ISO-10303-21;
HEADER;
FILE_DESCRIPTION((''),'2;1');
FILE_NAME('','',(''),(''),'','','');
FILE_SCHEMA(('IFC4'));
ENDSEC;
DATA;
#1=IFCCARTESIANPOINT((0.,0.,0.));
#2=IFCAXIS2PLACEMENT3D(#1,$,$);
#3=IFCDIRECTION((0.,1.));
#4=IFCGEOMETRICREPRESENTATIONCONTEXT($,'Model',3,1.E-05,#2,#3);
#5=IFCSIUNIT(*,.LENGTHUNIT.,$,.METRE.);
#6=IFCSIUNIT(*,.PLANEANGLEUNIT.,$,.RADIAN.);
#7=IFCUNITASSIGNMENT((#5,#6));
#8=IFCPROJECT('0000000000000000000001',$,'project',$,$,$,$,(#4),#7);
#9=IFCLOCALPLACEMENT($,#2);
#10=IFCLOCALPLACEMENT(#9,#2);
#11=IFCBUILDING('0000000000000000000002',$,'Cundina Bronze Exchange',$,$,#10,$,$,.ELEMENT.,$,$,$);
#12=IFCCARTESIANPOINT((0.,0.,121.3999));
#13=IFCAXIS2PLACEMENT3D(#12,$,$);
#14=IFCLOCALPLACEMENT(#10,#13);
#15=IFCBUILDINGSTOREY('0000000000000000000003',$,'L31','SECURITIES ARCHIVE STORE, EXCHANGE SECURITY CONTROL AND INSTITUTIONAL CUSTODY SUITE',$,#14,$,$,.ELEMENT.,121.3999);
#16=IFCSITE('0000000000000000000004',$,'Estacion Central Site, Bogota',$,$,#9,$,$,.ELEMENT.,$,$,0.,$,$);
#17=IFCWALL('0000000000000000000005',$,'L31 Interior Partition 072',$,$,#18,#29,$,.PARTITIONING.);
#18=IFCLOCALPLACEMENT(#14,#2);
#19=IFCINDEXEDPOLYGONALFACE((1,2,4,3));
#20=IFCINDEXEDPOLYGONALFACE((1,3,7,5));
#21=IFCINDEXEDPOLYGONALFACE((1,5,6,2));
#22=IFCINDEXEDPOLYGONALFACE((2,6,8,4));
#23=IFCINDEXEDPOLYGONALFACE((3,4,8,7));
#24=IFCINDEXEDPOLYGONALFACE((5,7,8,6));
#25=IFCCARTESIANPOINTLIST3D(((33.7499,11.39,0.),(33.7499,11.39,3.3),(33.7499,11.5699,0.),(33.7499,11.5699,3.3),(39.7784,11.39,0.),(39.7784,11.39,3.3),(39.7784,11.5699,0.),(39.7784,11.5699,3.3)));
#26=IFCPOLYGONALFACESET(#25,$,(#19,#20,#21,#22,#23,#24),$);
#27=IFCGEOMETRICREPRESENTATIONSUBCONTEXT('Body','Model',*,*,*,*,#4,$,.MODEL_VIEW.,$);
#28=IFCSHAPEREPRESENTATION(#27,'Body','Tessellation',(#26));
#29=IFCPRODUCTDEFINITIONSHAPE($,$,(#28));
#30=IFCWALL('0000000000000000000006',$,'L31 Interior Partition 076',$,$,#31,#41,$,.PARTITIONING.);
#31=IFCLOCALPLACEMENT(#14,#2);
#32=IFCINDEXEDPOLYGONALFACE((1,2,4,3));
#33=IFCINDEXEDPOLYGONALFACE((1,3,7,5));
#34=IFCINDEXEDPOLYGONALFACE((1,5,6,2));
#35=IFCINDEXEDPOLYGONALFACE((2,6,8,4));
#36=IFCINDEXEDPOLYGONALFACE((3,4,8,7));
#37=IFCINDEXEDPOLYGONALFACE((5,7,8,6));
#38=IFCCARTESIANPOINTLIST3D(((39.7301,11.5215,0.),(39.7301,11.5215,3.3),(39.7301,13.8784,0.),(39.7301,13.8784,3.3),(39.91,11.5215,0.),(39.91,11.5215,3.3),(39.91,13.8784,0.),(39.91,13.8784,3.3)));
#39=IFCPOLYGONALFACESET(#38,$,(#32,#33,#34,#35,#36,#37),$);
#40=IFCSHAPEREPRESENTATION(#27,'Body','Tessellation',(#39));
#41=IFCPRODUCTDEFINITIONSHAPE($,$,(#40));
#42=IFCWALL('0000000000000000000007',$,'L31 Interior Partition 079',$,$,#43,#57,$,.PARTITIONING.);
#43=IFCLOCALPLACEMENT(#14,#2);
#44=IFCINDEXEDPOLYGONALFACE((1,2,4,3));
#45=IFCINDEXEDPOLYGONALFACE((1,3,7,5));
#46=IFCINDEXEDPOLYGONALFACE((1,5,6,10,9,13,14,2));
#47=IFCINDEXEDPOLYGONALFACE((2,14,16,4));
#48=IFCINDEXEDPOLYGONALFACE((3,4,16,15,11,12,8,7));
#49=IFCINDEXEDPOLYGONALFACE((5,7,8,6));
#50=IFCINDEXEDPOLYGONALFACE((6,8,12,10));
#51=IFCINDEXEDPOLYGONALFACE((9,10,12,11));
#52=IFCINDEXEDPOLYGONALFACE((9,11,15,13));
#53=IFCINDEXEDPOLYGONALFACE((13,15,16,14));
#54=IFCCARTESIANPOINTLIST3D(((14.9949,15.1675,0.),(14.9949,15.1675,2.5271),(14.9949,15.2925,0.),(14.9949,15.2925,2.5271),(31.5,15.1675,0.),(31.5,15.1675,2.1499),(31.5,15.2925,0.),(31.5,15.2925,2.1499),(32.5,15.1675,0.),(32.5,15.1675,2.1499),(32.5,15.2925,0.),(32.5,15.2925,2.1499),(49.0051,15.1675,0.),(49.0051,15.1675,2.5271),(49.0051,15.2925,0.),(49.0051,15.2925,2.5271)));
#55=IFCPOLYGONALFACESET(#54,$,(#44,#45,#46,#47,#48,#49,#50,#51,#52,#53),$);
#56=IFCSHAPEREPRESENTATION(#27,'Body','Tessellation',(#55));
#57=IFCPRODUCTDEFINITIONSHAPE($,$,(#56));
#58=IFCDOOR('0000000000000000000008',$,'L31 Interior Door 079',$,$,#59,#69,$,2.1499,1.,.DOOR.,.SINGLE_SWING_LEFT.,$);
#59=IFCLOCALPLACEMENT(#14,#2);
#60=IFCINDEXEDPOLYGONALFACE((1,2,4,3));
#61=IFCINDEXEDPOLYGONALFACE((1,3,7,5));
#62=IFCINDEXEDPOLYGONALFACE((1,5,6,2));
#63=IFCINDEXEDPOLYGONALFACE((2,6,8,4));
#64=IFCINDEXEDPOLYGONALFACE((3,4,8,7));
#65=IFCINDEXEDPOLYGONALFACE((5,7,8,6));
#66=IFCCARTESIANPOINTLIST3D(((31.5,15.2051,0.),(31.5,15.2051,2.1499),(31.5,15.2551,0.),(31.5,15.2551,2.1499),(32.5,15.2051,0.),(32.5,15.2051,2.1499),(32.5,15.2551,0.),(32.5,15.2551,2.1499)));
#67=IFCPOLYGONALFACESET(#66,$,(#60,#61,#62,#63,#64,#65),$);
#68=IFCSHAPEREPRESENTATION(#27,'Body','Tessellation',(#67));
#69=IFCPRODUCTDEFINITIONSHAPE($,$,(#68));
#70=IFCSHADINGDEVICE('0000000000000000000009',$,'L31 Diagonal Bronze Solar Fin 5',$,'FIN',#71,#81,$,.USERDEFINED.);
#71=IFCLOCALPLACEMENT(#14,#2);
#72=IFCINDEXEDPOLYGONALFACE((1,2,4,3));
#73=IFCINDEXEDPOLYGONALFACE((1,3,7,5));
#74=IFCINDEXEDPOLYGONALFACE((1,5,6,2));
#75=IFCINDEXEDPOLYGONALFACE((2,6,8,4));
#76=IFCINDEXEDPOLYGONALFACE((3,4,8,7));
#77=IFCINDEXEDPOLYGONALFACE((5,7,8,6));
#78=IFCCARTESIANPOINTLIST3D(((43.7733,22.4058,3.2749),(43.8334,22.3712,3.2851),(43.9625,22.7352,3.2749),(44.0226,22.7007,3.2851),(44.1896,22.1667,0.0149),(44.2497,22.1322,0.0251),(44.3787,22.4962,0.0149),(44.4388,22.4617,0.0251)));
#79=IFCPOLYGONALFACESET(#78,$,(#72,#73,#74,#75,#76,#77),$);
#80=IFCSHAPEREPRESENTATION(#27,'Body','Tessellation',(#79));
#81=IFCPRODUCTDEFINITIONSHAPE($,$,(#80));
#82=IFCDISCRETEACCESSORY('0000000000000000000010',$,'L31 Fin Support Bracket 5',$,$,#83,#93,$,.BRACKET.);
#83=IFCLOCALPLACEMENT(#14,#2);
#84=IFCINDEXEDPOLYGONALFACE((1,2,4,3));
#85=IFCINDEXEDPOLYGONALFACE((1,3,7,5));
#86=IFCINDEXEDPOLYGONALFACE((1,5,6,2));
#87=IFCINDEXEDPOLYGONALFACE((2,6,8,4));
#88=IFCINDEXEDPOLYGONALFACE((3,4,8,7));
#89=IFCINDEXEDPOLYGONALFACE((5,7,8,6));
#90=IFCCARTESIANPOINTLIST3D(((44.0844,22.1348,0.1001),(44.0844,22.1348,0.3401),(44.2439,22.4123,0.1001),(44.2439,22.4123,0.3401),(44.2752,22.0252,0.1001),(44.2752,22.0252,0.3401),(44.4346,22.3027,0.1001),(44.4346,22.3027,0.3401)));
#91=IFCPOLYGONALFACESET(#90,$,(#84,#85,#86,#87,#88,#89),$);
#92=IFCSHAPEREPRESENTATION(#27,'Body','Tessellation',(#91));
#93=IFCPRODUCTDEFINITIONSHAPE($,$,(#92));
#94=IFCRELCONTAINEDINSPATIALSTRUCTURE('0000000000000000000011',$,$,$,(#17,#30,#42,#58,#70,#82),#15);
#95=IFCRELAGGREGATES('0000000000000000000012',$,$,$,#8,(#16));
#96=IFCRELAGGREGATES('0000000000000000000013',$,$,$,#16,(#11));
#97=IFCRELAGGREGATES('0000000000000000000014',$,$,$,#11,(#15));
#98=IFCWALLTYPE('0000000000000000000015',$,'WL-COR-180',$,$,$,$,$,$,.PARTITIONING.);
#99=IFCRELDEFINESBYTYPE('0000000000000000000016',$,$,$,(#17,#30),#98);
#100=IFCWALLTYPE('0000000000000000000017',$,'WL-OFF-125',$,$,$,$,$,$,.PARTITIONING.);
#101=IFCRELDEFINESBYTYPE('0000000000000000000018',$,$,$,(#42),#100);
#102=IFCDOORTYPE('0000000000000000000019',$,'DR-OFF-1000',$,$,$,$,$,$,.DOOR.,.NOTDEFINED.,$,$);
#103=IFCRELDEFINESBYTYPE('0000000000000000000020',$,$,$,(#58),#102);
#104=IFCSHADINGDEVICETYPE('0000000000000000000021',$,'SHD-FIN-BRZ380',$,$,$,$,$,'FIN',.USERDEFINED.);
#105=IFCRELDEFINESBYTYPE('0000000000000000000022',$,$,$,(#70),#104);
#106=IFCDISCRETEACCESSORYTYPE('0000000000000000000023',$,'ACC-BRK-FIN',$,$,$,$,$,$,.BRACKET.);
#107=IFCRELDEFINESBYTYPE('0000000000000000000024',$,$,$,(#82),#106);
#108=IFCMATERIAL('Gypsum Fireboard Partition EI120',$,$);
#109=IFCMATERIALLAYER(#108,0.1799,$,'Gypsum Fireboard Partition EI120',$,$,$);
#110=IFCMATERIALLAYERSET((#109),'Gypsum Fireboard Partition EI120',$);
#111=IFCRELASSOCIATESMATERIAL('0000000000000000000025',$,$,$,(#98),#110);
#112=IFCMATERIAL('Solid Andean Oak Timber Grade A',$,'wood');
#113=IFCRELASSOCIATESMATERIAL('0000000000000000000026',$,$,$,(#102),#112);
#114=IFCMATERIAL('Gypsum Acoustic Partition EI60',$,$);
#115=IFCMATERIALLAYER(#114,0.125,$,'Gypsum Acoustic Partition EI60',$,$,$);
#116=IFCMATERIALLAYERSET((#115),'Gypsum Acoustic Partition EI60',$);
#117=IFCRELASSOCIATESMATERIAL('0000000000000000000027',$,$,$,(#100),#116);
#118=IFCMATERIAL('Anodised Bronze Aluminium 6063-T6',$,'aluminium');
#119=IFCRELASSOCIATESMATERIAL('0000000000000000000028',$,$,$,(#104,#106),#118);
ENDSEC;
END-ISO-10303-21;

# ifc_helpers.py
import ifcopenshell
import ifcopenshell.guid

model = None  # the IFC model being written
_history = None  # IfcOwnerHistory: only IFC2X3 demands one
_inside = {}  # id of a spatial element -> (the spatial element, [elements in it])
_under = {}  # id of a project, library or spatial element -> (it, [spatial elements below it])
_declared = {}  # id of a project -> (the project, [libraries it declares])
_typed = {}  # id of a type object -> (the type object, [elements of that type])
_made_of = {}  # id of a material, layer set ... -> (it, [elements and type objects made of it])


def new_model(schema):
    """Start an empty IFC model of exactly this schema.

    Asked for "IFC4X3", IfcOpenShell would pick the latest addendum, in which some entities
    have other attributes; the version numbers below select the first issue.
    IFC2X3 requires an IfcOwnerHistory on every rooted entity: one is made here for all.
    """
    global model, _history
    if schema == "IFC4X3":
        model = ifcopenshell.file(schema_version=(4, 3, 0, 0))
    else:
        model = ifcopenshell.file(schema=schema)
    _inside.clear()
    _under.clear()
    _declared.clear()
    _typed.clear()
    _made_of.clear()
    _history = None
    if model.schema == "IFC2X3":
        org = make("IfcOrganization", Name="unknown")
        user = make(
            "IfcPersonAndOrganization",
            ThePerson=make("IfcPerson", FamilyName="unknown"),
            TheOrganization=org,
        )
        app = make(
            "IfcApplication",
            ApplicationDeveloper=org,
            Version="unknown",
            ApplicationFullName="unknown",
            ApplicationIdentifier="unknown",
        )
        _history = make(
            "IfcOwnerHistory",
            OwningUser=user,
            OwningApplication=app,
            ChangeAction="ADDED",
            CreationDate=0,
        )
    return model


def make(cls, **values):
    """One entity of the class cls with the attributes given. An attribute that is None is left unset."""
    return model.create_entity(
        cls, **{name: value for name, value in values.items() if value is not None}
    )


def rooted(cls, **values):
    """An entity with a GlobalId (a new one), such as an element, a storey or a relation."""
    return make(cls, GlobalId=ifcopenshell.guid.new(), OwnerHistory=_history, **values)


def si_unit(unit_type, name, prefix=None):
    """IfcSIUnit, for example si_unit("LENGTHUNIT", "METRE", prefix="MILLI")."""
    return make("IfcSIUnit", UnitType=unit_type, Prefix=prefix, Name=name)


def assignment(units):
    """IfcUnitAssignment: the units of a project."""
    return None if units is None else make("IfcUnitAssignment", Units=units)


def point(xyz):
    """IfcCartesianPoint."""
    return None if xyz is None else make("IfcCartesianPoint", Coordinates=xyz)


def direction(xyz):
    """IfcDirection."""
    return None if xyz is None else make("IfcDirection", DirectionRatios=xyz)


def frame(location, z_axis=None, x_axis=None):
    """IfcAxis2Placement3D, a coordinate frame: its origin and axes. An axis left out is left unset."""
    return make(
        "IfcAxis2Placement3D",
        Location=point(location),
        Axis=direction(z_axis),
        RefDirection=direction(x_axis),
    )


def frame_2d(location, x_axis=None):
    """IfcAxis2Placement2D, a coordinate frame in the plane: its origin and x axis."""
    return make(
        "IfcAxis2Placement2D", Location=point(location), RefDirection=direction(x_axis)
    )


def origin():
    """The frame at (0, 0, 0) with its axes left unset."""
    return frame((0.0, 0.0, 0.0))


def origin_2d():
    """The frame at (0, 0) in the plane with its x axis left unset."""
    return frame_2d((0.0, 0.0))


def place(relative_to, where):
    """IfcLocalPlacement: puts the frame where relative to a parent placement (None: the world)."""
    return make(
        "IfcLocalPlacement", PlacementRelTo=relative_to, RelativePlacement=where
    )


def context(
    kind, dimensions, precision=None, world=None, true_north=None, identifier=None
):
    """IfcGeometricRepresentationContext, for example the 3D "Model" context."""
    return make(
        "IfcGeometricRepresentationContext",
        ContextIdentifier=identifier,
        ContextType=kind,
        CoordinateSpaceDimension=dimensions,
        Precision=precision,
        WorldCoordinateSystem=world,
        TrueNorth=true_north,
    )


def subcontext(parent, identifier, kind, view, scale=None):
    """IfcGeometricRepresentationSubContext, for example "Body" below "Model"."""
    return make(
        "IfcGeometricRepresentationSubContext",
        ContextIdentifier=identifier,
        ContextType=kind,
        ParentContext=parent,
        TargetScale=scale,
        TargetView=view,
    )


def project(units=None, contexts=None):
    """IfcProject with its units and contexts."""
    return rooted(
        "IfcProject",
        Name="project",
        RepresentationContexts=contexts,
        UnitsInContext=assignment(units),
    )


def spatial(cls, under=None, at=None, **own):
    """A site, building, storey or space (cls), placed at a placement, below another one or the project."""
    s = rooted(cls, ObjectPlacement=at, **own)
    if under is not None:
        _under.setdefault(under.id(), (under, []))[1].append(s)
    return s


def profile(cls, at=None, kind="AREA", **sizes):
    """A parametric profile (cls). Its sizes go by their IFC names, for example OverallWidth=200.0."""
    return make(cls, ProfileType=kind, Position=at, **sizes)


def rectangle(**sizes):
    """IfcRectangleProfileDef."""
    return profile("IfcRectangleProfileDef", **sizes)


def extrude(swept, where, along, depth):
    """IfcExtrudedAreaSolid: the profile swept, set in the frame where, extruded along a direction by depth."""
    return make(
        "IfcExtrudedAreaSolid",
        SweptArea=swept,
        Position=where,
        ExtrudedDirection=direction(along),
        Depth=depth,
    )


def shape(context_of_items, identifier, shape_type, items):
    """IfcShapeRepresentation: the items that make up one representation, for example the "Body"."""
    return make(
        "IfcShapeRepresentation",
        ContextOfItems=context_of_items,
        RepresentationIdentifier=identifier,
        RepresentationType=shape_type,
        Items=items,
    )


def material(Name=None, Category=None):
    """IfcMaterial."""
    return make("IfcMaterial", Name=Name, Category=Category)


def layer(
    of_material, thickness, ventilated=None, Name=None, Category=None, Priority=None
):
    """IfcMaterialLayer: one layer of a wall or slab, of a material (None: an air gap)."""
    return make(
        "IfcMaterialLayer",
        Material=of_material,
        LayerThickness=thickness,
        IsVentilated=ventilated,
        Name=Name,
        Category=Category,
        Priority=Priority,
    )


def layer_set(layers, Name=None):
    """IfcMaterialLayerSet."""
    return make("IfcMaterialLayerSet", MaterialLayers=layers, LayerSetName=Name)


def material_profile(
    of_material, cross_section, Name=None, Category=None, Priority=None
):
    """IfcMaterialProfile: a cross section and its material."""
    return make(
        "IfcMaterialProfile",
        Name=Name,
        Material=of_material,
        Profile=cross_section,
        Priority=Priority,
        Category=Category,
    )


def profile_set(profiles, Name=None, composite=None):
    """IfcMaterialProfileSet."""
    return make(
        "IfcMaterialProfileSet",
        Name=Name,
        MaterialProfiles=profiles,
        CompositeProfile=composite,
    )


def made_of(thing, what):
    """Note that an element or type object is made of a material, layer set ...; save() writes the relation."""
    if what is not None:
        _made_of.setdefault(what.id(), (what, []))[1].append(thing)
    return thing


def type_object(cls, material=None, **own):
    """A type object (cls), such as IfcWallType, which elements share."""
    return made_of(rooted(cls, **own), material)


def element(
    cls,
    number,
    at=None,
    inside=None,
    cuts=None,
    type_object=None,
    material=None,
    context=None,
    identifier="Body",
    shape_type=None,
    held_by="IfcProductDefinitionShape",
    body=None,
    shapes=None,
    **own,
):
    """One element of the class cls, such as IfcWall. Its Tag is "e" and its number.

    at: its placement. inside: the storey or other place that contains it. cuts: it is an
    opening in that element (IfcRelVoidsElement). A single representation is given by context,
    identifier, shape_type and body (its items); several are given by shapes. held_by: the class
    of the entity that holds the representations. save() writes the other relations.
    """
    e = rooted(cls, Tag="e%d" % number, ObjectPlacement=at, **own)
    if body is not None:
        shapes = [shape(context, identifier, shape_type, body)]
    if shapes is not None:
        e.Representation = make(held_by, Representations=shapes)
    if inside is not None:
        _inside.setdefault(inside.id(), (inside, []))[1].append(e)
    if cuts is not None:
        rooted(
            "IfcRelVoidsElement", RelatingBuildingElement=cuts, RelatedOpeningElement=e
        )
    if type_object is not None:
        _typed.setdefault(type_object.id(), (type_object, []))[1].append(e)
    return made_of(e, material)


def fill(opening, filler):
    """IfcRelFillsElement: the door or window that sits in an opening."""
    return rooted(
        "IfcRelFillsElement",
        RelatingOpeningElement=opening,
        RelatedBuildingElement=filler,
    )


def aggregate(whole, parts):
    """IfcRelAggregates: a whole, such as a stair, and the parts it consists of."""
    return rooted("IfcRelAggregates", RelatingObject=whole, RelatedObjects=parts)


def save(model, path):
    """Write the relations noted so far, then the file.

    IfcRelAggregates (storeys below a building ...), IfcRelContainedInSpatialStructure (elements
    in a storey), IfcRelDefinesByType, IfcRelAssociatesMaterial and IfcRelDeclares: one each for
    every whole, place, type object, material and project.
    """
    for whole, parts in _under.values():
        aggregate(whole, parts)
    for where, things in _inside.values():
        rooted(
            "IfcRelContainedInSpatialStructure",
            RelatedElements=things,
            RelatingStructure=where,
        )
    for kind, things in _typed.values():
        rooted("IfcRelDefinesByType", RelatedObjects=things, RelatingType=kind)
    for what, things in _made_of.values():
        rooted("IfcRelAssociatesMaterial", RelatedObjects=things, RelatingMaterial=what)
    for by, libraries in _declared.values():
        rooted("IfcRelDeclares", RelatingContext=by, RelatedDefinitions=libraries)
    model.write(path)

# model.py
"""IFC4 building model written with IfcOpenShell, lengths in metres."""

from ifc_helpers import new_model, si_unit, direction, frame, frame_2d, origin, origin_2d, place, context, subcontext, project, spatial, rectangle, extrude, material, layer, layer_set, material_profile, profile_set, type_object, element, fill, save


model = new_model("IFC4")

# Units and contexts
model_context = context("Model", 3, precision=1e-05, world=origin(), true_north=direction((0.0, 1.0)))
body_context = subcontext(model_context, "Body", "Model", "MODEL_VIEW")
ifc_project = project(units=[si_unit("LENGTHUNIT", "METRE"), si_unit("PLANEANGLEUNIT", "RADIAN")], contexts=[model_context])

# Site, building, storey
site_placement = place(None, origin())
site = spatial("IfcSite", under=ifc_project, at=site_placement, Name="Estacion Central Site, Bogota", CompositionType="ELEMENT", RefElevation=0.0)
building_placement = place(site_placement, origin())
building = spatial("IfcBuilding", under=site, at=building_placement, Name="Cundina Bronze Exchange", CompositionType="ELEMENT")
storey_placement = place(building_placement, frame((0.0, 0.0, 121.3999)))
storey = spatial("IfcBuildingStorey", under=building, at=storey_placement, Name="L31", Description="SECURITIES ARCHIVE STORE, EXCHANGE SECURITY CONTROL AND INSTITUTIONAL CUSTODY SUITE", CompositionType="ELEMENT", Elevation=121.3999)

# Shared definitions
ifc_material_1 = material(Name="Anodised Bronze Aluminium 6063-T6", Category="aluminium")

# Shared definitions
ifc_material_2 = material(Name="Gypsum Fireboard Partition EI120")
ifc_layer_1 = layer(ifc_material_2, 0.1799, Name="Gypsum Fireboard Partition EI120")
ifc_layer_set_1 = layer_set([ifc_layer_1], Name="Gypsum Fireboard Partition EI120")
wall_type_1 = type_object("IfcWallType", Name="WL-COR-180", PredefinedType="PARTITIONING", material=ifc_layer_set_1)
ifc_material_3 = material(Name="Solid Andean Oak Timber Grade A", Category="wood")
door_type = type_object("IfcDoorType", Name="DR-OFF-1000", OperationType="NOTDEFINED", PredefinedType="DOOR", material=ifc_material_3)

# Walls
wall_1_placement = place(storey_placement, frame((33.75, 11.48, 0.0), z_axis=(0.0, 0.0, 1.0), x_axis=(1.0, 0.0, 0.0)))
element("IfcWall", 1, at=wall_1_placement, inside=storey, type_object=wall_type_1, Name="L31 Interior Partition 072", PredefinedType="PARTITIONING", context=body_context, shape_type="SweptSolid", body=[
    extrude(rectangle(XDim=6.0286, YDim=0.1799, at=frame_2d((3.0142, 0.0))), origin(), (0.0, 0.0, 1.0), 3.3),
])
wall_2_placement = place(storey_placement, frame((39.8201, 11.5215, 0.0), z_axis=(0.0, 0.0, 1.0), x_axis=(0.0, 1.0, 0.0)))
element("IfcWall", 2, at=wall_2_placement, inside=storey, type_object=wall_type_1, Name="L31 Interior Partition 076", PredefinedType="PARTITIONING", context=body_context, shape_type="SweptSolid", body=[
    extrude(rectangle(XDim=2.3569, YDim=0.1799, at=frame_2d((1.1785, 0.0))), origin(), (0.0, 0.0, 1.0), 3.3),
])

# Wall, opening, door
ifc_material_4 = material(Name="Gypsum Acoustic Partition EI60")
ifc_layer_2 = layer(ifc_material_4, 0.125, Name="Gypsum Acoustic Partition EI60")
ifc_layer_set_2 = layer_set([ifc_layer_2], Name="Gypsum Acoustic Partition EI60")
wall_type_2 = type_object("IfcWallType", Name="WL-OFF-125", PredefinedType="PARTITIONING", material=ifc_layer_set_2)
wall_3_placement = place(storey_placement, frame((49.0051, 15.23, 0.0), z_axis=(0.0, 0.0, 1.0), x_axis=(-1.0, 0.0, 0.0)))
wall_3 = element("IfcWall", 3, at=wall_3_placement, inside=storey, type_object=wall_type_2, Name="L31 Interior Partition 079", PredefinedType="PARTITIONING", context=body_context, shape_type="SweptSolid", body=[
    extrude(rectangle(XDim=34.0103, YDim=0.125, at=frame_2d((17.0051, 0.0))), origin(), (0.0, 0.0, 1.0), 2.5271),
])
opening_1_placement = place(wall_3_placement, frame((16.5051, 0.0, 0.0)))
opening_1 = element("IfcOpeningElement", 4, at=opening_1_placement, cuts=wall_3, PredefinedType="OPENING", context=body_context, shape_type="SweptSolid", body=[
    extrude(rectangle(XDim=1.0, YDim=2.1499, at=frame_2d((0.5, 1.075))), frame((0.0, 0.0725, 0.0), z_axis=(0.0, -1.0, 0.0), x_axis=(1.0, 0.0, 0.0)), (0.0, 0.0, 1.0), 0.145),
])
door_1_placement = place(opening_1_placement, origin())
door_1 = element("IfcDoor", 5, at=door_1_placement, inside=storey, type_object=door_type, Name="L31 Interior Door 079", OperationType="SINGLE_SWING_LEFT", OverallHeight=2.1499, OverallWidth=1.0, PredefinedType="DOOR", context=body_context, shape_type="SweptSolid", body=[
    extrude(rectangle(XDim=1.0, YDim=2.1499, at=frame_2d((0.5, 1.075))), frame((0.0, 0.0249, 0.0), z_axis=(0.0, -1.0, 0.0), x_axis=(1.0, 0.0, 0.0)), (0.0, 0.0, 1.0), 0.05),
])
fill(opening_1, door_1)

# Shading device
ifc_material_profile_1 = material_profile(ifc_material_1, rectangle(XDim=0.0701, YDim=0.3799, at=origin_2d()), Name="FIN70X380", Category="aluminium")
ifc_profile_set_1 = profile_set([ifc_material_profile_1], Name="Anodised Bronze Aluminium 6063-T6")
shading_device_type = type_object("IfcShadingDeviceType", Name="SHD-FIN-BRZ380", ElementType="FIN", PredefinedType="USERDEFINED", material=ifc_profile_set_1)
shading_device_placement = place(storey_placement, frame((44.3142, 22.3142, 0.02), z_axis=(-0.126325, 0.072535, 0.989333), x_axis=(0.857958, -0.492634, 0.145668)))
element("IfcShadingDevice", 6, at=shading_device_placement, inside=storey, type_object=shading_device_type, Name="L31 Diagonal Bronze Solar Fin 5", ObjectType="FIN", PredefinedType="USERDEFINED", context=body_context, shape_type="SweptSolid", body=[
    extrude(rectangle(XDim=0.0701, YDim=0.3799, at=origin_2d()), origin(), (0.0, 0.0, 1.0), 3.2952),
])

# Discrete accessory
discrete_accessory_type = type_object("IfcDiscreteAccessoryType", Name="ACC-BRK-FIN", PredefinedType="BRACKET", material=ifc_material_1)
discrete_accessory_placement = place(storey_placement, frame((44.2595, 22.2188, 0.1001), z_axis=(0.0, 0.0, 1.0), x_axis=(-0.867105, 0.498125, 0.0)))
element("IfcDiscreteAccessory", 7, at=discrete_accessory_placement, inside=storey, type_object=discrete_accessory_type, Name="L31 Fin Support Bracket 5", PredefinedType="BRACKET", context=body_context, shape_type="SweptSolid", body=[
    extrude(rectangle(XDim=0.22, YDim=0.3201, at=origin_2d()), origin(), (0.0, 0.0, 1.0), 0.24),
])

save(model, "model.ifc")
